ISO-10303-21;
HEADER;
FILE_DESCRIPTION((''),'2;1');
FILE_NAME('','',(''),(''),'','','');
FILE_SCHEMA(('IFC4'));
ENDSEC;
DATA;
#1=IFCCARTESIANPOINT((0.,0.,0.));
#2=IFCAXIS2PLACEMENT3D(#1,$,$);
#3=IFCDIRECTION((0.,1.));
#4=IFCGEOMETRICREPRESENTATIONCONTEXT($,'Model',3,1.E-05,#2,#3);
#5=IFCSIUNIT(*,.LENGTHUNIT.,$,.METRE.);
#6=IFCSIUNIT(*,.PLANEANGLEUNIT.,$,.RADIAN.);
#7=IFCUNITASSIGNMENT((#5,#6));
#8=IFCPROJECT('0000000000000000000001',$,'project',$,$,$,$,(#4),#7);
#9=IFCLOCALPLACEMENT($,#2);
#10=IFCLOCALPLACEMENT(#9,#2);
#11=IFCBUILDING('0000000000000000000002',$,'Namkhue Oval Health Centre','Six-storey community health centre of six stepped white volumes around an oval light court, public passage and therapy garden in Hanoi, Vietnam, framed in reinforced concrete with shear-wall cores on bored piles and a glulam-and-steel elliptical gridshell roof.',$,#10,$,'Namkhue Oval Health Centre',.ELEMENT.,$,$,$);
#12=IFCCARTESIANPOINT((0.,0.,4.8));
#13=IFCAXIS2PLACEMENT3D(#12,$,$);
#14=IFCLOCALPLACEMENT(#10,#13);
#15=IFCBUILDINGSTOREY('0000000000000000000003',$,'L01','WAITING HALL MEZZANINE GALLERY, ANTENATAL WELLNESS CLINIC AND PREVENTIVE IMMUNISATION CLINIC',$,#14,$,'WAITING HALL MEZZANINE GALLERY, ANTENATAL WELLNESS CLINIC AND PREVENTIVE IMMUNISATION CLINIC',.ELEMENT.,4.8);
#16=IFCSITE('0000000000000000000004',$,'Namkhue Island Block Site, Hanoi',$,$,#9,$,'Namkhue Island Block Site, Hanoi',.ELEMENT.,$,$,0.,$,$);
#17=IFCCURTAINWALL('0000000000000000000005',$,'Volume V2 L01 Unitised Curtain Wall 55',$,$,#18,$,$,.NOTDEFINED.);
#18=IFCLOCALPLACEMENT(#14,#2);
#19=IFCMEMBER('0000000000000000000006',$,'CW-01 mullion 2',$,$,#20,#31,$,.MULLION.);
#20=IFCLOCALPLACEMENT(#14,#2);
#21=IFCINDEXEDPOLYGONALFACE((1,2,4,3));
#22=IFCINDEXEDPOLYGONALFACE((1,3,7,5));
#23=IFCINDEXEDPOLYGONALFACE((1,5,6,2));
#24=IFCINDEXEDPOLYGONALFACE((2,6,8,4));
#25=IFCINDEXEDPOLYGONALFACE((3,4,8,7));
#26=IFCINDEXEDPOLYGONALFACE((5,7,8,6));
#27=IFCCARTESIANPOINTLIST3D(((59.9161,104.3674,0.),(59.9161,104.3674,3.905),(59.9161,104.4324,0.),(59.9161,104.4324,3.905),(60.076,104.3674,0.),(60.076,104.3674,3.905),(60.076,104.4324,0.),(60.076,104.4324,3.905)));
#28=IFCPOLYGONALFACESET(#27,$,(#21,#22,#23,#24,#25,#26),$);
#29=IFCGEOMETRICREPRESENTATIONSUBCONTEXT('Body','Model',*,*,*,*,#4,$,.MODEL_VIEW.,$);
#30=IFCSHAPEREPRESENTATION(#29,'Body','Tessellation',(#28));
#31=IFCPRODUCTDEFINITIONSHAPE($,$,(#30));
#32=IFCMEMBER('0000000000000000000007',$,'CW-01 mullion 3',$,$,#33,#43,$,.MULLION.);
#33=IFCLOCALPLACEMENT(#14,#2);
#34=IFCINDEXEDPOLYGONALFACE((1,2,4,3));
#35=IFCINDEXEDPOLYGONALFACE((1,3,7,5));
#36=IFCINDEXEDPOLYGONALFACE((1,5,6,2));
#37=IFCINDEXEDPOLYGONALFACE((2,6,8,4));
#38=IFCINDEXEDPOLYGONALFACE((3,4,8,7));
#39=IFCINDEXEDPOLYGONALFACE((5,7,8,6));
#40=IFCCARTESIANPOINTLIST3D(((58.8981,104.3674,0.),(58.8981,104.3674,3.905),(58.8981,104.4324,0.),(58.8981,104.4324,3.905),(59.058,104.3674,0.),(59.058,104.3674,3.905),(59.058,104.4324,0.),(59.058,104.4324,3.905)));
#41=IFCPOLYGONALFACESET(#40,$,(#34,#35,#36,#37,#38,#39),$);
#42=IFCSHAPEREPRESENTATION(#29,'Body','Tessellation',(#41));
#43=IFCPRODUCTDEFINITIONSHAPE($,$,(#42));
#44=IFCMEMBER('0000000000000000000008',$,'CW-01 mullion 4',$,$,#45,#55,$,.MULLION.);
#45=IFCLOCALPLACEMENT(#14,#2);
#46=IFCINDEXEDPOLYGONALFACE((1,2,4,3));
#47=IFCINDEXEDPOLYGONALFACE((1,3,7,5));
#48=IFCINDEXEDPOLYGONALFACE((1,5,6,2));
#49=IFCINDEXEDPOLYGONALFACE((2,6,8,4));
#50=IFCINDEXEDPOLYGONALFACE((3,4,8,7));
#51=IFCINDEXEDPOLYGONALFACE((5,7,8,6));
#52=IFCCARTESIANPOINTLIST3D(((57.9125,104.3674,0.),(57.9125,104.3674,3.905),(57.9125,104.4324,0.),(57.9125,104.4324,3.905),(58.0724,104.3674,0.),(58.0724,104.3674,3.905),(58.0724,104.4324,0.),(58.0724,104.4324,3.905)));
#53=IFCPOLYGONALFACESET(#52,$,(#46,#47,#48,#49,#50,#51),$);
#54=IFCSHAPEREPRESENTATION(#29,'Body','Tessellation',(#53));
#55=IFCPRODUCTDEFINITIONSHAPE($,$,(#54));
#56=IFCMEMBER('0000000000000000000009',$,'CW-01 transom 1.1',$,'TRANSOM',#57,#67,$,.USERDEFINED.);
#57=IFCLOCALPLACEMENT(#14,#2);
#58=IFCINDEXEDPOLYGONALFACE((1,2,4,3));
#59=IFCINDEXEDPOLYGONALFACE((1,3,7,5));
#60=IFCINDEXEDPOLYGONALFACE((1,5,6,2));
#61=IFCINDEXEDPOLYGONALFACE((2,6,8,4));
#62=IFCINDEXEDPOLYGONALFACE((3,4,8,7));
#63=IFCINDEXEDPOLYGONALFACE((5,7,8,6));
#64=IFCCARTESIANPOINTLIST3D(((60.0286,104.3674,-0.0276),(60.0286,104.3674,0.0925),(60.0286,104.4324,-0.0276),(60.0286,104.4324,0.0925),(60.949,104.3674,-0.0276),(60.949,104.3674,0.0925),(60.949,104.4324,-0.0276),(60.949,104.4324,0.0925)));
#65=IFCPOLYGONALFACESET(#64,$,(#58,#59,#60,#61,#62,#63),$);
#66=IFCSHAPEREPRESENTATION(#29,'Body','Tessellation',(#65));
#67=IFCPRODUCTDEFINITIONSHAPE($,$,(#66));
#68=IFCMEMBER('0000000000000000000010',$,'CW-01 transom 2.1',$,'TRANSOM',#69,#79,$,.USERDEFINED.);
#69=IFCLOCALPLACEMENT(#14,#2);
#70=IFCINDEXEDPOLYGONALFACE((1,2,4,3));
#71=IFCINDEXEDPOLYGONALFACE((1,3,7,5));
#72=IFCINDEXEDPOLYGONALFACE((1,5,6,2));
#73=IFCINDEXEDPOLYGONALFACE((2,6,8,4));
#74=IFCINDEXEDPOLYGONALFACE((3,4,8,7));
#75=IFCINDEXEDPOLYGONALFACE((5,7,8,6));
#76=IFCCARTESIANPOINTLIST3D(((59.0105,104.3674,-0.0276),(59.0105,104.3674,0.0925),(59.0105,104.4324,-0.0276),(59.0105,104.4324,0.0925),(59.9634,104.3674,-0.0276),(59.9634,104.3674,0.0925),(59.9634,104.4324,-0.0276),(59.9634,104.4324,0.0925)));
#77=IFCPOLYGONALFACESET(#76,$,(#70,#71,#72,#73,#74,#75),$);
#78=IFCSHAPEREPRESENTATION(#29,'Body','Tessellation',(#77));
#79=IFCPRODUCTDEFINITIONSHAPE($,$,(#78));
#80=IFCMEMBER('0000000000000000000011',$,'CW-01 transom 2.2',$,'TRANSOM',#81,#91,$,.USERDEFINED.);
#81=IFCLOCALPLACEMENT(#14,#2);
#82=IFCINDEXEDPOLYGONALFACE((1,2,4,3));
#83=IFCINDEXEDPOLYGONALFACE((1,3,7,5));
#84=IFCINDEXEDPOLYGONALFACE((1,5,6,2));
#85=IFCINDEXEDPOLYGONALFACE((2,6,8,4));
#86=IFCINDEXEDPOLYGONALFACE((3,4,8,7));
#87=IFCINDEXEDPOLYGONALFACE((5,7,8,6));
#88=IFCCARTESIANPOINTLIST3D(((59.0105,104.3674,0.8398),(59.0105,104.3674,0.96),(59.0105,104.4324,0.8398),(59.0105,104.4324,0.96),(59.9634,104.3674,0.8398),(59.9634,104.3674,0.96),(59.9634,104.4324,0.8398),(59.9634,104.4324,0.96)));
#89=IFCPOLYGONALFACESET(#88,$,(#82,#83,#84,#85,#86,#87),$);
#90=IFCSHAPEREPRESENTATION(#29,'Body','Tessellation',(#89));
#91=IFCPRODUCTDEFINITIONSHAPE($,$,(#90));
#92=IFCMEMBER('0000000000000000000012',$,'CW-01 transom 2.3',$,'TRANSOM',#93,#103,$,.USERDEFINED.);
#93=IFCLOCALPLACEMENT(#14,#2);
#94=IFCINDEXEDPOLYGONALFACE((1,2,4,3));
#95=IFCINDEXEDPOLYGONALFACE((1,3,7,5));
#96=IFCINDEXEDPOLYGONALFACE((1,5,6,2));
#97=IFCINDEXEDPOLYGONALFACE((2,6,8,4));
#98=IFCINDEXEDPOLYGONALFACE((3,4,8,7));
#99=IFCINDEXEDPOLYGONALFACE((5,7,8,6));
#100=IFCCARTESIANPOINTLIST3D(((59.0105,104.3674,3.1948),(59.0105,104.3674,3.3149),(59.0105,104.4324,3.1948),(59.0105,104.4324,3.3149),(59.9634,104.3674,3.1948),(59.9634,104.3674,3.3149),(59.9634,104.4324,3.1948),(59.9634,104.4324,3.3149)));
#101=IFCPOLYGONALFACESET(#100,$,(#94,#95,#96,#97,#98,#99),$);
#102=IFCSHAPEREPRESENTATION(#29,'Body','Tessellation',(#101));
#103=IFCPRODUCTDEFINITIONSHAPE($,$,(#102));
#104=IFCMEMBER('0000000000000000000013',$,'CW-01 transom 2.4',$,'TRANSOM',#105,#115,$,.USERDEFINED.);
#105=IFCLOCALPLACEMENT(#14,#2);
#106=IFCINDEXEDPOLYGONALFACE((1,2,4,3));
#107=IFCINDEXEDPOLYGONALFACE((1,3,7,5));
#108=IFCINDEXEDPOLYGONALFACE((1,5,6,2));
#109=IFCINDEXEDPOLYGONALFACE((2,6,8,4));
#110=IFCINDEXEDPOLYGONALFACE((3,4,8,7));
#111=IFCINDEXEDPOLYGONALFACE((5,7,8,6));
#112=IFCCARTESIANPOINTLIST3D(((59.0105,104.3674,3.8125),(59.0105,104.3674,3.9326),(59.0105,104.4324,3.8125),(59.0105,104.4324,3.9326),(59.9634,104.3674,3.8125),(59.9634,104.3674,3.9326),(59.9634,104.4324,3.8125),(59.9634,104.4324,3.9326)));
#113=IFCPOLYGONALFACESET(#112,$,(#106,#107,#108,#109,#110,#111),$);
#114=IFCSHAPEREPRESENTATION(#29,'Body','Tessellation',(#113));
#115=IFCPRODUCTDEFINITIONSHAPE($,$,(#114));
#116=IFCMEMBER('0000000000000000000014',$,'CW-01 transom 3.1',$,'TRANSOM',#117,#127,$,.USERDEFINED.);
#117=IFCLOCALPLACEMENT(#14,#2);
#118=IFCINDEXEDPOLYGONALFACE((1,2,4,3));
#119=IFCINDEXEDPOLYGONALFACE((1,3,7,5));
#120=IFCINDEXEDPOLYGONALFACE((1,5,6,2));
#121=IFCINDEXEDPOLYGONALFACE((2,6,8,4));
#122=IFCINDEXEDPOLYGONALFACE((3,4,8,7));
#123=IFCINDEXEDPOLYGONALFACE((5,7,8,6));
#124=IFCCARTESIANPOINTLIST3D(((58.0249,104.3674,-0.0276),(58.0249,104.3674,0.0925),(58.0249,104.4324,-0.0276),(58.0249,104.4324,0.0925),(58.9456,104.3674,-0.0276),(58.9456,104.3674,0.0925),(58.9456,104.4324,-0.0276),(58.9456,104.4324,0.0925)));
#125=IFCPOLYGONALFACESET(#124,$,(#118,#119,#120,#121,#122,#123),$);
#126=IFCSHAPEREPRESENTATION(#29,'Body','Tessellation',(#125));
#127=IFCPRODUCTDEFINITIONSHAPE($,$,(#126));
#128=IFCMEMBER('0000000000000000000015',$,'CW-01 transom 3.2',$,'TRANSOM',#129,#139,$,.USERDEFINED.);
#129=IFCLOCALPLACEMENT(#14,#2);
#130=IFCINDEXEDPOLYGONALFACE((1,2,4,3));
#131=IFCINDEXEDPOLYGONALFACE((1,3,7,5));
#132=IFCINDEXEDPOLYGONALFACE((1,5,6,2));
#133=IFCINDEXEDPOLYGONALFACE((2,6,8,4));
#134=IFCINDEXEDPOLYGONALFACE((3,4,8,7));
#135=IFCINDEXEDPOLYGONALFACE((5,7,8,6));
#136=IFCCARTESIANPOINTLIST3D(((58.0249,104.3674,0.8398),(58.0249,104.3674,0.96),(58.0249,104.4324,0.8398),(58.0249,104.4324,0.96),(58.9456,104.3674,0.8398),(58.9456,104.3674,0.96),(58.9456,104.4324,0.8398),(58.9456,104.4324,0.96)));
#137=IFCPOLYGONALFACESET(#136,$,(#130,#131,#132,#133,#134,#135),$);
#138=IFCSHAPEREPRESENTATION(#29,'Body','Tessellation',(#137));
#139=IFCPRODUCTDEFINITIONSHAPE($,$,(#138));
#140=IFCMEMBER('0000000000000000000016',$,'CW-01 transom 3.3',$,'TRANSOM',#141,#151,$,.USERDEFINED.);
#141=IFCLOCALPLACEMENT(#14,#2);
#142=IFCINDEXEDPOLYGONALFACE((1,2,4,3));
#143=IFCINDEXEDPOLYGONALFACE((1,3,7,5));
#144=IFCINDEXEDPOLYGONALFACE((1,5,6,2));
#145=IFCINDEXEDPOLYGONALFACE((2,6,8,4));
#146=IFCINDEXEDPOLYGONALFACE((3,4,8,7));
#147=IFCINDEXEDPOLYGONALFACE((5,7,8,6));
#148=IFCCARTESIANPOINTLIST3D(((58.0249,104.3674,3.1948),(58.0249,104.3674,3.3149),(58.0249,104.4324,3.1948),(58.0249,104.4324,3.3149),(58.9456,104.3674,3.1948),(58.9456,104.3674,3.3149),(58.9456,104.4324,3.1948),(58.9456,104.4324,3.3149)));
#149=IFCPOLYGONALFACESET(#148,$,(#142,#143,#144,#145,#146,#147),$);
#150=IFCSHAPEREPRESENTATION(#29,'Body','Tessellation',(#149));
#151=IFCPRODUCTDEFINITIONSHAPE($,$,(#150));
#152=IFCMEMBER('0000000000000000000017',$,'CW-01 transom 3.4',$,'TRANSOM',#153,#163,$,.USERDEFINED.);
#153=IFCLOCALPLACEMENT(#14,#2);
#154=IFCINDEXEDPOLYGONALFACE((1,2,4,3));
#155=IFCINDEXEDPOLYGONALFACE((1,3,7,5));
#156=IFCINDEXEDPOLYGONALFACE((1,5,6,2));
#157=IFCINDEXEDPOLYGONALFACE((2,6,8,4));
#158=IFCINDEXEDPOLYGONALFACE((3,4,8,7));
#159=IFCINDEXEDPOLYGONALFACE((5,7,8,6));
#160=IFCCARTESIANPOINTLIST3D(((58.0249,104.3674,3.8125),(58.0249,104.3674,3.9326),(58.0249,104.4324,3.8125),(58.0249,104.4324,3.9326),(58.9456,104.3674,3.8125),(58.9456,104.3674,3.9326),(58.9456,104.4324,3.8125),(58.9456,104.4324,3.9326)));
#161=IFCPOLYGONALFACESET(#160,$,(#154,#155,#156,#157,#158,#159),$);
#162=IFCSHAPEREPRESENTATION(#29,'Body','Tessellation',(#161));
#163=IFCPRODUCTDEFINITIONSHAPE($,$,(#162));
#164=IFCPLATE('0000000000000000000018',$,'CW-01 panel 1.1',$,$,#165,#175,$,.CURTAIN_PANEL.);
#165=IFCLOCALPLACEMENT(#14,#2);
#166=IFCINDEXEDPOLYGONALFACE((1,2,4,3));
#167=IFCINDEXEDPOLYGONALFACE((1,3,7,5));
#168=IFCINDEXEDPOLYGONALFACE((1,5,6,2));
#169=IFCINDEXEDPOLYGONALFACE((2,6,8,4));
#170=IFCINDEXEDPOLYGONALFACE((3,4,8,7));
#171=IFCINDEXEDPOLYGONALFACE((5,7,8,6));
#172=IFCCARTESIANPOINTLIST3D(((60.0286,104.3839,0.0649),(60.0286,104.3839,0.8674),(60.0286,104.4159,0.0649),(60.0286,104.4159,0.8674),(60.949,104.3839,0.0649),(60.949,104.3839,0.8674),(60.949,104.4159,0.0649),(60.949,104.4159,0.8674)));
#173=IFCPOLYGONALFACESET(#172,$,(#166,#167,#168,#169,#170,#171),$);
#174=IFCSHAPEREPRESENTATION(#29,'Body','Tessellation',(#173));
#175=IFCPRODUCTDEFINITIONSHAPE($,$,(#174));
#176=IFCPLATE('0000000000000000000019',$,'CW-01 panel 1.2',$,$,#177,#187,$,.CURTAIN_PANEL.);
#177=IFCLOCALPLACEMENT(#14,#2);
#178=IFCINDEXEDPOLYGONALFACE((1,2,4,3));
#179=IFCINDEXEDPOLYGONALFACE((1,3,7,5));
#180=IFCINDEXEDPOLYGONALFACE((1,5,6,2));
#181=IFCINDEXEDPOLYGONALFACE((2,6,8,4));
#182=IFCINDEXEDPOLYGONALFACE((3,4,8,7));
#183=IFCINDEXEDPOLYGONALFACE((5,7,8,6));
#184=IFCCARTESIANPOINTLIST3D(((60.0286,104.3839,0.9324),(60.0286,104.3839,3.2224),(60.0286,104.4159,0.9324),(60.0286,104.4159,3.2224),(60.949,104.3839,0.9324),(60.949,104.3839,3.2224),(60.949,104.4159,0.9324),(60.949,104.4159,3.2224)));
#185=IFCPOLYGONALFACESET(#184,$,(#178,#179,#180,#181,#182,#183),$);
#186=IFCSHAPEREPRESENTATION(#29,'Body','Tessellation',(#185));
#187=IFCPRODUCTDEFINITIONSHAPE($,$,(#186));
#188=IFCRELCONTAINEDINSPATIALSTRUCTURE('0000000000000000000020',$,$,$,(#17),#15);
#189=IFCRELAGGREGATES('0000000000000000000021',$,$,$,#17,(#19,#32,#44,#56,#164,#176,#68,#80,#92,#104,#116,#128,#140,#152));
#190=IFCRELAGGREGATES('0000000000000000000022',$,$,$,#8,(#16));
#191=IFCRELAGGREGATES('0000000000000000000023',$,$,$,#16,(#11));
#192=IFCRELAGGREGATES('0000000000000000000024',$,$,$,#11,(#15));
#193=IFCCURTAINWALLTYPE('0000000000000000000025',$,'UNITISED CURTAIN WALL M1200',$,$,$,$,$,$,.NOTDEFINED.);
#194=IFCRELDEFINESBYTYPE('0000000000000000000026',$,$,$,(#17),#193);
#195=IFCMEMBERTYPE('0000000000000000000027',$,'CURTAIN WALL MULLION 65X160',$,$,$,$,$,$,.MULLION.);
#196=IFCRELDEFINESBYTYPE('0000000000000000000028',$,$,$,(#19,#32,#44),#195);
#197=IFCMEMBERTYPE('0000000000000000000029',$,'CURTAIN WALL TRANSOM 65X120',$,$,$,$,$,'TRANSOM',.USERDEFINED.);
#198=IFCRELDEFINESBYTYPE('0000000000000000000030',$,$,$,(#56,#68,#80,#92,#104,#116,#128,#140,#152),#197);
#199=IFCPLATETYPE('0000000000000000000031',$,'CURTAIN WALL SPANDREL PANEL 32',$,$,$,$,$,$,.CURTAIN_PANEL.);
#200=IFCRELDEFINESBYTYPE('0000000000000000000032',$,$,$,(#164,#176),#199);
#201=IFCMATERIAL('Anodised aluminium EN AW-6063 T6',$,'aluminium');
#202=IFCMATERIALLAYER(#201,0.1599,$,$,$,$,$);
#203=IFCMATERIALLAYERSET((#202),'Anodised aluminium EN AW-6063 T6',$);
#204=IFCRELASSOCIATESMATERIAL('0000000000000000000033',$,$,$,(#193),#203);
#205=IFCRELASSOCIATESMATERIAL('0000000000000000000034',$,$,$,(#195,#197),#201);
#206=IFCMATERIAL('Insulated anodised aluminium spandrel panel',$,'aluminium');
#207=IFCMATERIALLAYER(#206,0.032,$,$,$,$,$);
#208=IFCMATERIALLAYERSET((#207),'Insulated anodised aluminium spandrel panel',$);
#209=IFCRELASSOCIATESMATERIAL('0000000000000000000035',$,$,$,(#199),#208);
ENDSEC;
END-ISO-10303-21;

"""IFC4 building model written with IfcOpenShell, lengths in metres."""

from ifc_helpers import new_model, si_unit, direction, frame, origin, origin_2d, place, context, subcontext, project, spatial, rectangle, extrude, material, layer, layer_set, material_profile, profile_set, type_object, element, aggregate, save


model = new_model("IFC4")

# Units and contexts
model_context = context("Model", 3, precision=1e-05, world=origin(), true_north=direction((0.0, 1.0)))
body_context = subcontext(model_context, "Body", "Model", "MODEL_VIEW")
ifc_project = project(units=[si_unit("LENGTHUNIT", "METRE"), si_unit("PLANEANGLEUNIT", "RADIAN")], contexts=[model_context])

# Site, building, storey
site_placement = place(None, origin())
site = spatial("IfcSite", under=ifc_project, at=site_placement, Name="Namkhue Island Block Site, Hanoi", LongName="Namkhue Island Block Site, Hanoi", CompositionType="ELEMENT", RefElevation=0.0)
building_placement = place(site_placement, origin())
building = spatial("IfcBuilding", under=site, at=building_placement, Name="Namkhue Oval Health Centre", Description="Six-storey community health centre of six stepped white volumes around an oval light court, public passage and therapy garden in Hanoi, Vietnam, framed in reinforced concrete with shear-wall cores on bored piles and a glulam-and-steel elliptical gridshell roof.", LongName="Namkhue Oval Health Centre", CompositionType="ELEMENT")
storey_placement = place(building_placement, frame((0.0, 0.0, 4.8)))
storey = spatial("IfcBuildingStorey", under=building, at=storey_placement, Name="L01", Description="WAITING HALL MEZZANINE GALLERY, ANTENATAL WELLNESS CLINIC AND PREVENTIVE IMMUNISATION CLINIC", LongName="WAITING HALL MEZZANINE GALLERY, ANTENATAL WELLNESS CLINIC AND PREVENTIVE IMMUNISATION CLINIC", CompositionType="ELEMENT", Elevation=4.8)

# Curtain wall, members, plates
ifc_material_1 = material(Name="Anodised aluminium EN AW-6063 T6", Category="aluminium")
ifc_layer_1 = layer(ifc_material_1, 0.1599)
ifc_layer_set_1 = layer_set([ifc_layer_1], Name="Anodised aluminium EN AW-6063 T6")
curtain_wall_type = type_object("IfcCurtainWallType", Name="UNITISED CURTAIN WALL M1200", PredefinedType="NOTDEFINED", material=ifc_layer_set_1)
curtain_wall_placement = place(storey_placement, origin())
curtain_wall = element("IfcCurtainWall", 1, at=curtain_wall_placement, inside=storey, type_object=curtain_wall_type, Name="Volume V2 L01 Unitised Curtain Wall 55", PredefinedType="NOTDEFINED")
ifc_material_profile_1 = material_profile(ifc_material_1, rectangle(XDim=0.0649, YDim=0.1599, at=origin_2d()), Name="ALU 65x160")
ifc_profile_set_1 = profile_set([ifc_material_profile_1], Name="Anodised aluminium EN AW-6063 T6")
member_type_1 = type_object("IfcMemberType", Name="CURTAIN WALL MULLION 65X160", PredefinedType="MULLION", material=ifc_profile_set_1)
member_1_placement = place(storey_placement, frame((59.9961, 104.3999, 0.0), z_axis=(0.0, 0.0, 1.0), x_axis=(0.0, -1.0, 0.0)))
member_1 = element("IfcMember", 2, at=member_1_placement, type_object=member_type_1, Name="CW-01 mullion 2", PredefinedType="MULLION", context=body_context, shape_type="SweptSolid", body=[
    extrude(rectangle(XDim=0.0649, YDim=0.1599, at=origin_2d()), origin(), (0.0, 0.0, 1.0), 3.905),
])
member_2_placement = place(storey_placement, frame((58.978, 104.3999, 0.0), z_axis=(0.0, 0.0, 1.0), x_axis=(0.0, -1.0, 0.0)))
member_2 = element("IfcMember", 3, at=member_2_placement, type_object=member_type_1, Name="CW-01 mullion 3", PredefinedType="MULLION", context=body_context, shape_type="SweptSolid", body=[
    extrude(rectangle(XDim=0.0649, YDim=0.1599, at=origin_2d()), origin(), (0.0, 0.0, 1.0), 3.905),
])
member_3_placement = place(storey_placement, frame((57.9924, 104.3999, 0.0), z_axis=(0.0, 0.0, 1.0), x_axis=(0.0, -1.0, 0.0)))
member_3 = element("IfcMember", 4, at=member_3_placement, type_object=member_type_1, Name="CW-01 mullion 4", PredefinedType="MULLION", context=body_context, shape_type="SweptSolid", body=[
    extrude(rectangle(XDim=0.0649, YDim=0.1599, at=origin_2d()), origin(), (0.0, 0.0, 1.0), 3.905),
])
ifc_material_profile_2 = material_profile(ifc_material_1, rectangle(XDim=0.0649, YDim=0.1201, at=origin_2d()), Name="ALU 65x120")
ifc_profile_set_2 = profile_set([ifc_material_profile_2], Name="Anodised aluminium EN AW-6063 T6")
member_type_2 = type_object("IfcMemberType", Name="CURTAIN WALL TRANSOM 65X120", ElementType="TRANSOM", PredefinedType="USERDEFINED", material=ifc_profile_set_2)
member_4_placement = place(storey_placement, frame((60.949, 104.3999, 0.0325), z_axis=(-1.0, 0.0, 0.0), x_axis=(0.0, -1.0, 0.0)))
member_4 = element("IfcMember", 5, at=member_4_placement, type_object=member_type_2, Name="CW-01 transom 1.1", ObjectType="TRANSOM", PredefinedType="USERDEFINED", context=body_context, shape_type="SweptSolid", body=[
    extrude(rectangle(XDim=0.0649, YDim=0.1201, at=origin_2d()), origin(), (0.0, 0.0, 1.0), 0.9204),
])
member_5_placement = place(storey_placement, frame((59.9634, 104.3999, 0.0325), z_axis=(-1.0, 0.0, 0.0), x_axis=(0.0, -1.0, 0.0)))
member_5 = element("IfcMember", 6, at=member_5_placement, type_object=member_type_2, Name="CW-01 transom 2.1", ObjectType="TRANSOM", PredefinedType="USERDEFINED", context=body_context, shape_type="SweptSolid", body=[
    extrude(rectangle(XDim=0.0649, YDim=0.1201, at=origin_2d()), origin(), (0.0, 0.0, 1.0), 0.9529),
])
member_6_placement = place(storey_placement, frame((59.9634, 104.3999, 0.8999), z_axis=(-1.0, 0.0, 0.0), x_axis=(0.0, -1.0, 0.0)))
member_6 = element("IfcMember", 7, at=member_6_placement, type_object=member_type_2, Name="CW-01 transom 2.2", ObjectType="TRANSOM", PredefinedType="USERDEFINED", context=body_context, shape_type="SweptSolid", body=[
    extrude(rectangle(XDim=0.0649, YDim=0.1201, at=origin_2d()), origin(), (0.0, 0.0, 1.0), 0.9529),
])
member_7_placement = place(storey_placement, frame((59.9634, 104.3999, 3.2549), z_axis=(-1.0, 0.0, 0.0), x_axis=(0.0, -1.0, 0.0)))
member_7 = element("IfcMember", 8, at=member_7_placement, type_object=member_type_2, Name="CW-01 transom 2.3", ObjectType="TRANSOM", PredefinedType="USERDEFINED", context=body_context, shape_type="SweptSolid", body=[
    extrude(rectangle(XDim=0.0649, YDim=0.1201, at=origin_2d()), origin(), (0.0, 0.0, 1.0), 0.9529),
])
member_8_placement = place(storey_placement, frame((59.9634, 104.3999, 3.8726), z_axis=(-1.0, 0.0, 0.0), x_axis=(0.0, -1.0, 0.0)))
member_8 = element("IfcMember", 9, at=member_8_placement, type_object=member_type_2, Name="CW-01 transom 2.4", ObjectType="TRANSOM", PredefinedType="USERDEFINED", context=body_context, shape_type="SweptSolid", body=[
    extrude(rectangle(XDim=0.0649, YDim=0.1201, at=origin_2d()), origin(), (0.0, 0.0, 1.0), 0.9529),
])
member_9_placement = place(storey_placement, frame((58.9456, 104.3999, 0.0325), z_axis=(-1.0, 0.0, 0.0), x_axis=(0.0, -1.0, 0.0)))
member_9 = element("IfcMember", 10, at=member_9_placement, type_object=member_type_2, Name="CW-01 transom 3.1", ObjectType="TRANSOM", PredefinedType="USERDEFINED", context=body_context, shape_type="SweptSolid", body=[
    extrude(rectangle(XDim=0.0649, YDim=0.1201, at=origin_2d()), origin(), (0.0, 0.0, 1.0), 0.9207),
])
member_10_placement = place(storey_placement, frame((58.9456, 104.3999, 0.8999), z_axis=(-1.0, 0.0, 0.0), x_axis=(0.0, -1.0, 0.0)))
member_10 = element("IfcMember", 11, at=member_10_placement, type_object=member_type_2, Name="CW-01 transom 3.2", ObjectType="TRANSOM", PredefinedType="USERDEFINED", context=body_context, shape_type="SweptSolid", body=[
    extrude(rectangle(XDim=0.0649, YDim=0.1201, at=origin_2d()), origin(), (0.0, 0.0, 1.0), 0.9207),
])
member_11_placement = place(storey_placement, frame((58.9456, 104.3999, 3.2549), z_axis=(-1.0, 0.0, 0.0), x_axis=(0.0, -1.0, 0.0)))
member_11 = element("IfcMember", 12, at=member_11_placement, type_object=member_type_2, Name="CW-01 transom 3.3", ObjectType="TRANSOM", PredefinedType="USERDEFINED", context=body_context, shape_type="SweptSolid", body=[
    extrude(rectangle(XDim=0.0649, YDim=0.1201, at=origin_2d()), origin(), (0.0, 0.0, 1.0), 0.9207),
])
member_12_placement = place(storey_placement, frame((58.9456, 104.3999, 3.8726), z_axis=(-1.0, 0.0, 0.0), x_axis=(0.0, -1.0, 0.0)))
member_12 = element("IfcMember", 13, at=member_12_placement, type_object=member_type_2, Name="CW-01 transom 3.4", ObjectType="TRANSOM", PredefinedType="USERDEFINED", context=body_context, shape_type="SweptSolid", body=[
    extrude(rectangle(XDim=0.0649, YDim=0.1201, at=origin_2d()), origin(), (0.0, 0.0, 1.0), 0.9207),
])
ifc_material_2 = material(Name="Insulated anodised aluminium spandrel panel", Category="aluminium")
ifc_layer_2 = layer(ifc_material_2, 0.032)
ifc_layer_set_2 = layer_set([ifc_layer_2], Name="Insulated anodised aluminium spandrel panel")
plate_type = type_object("IfcPlateType", Name="CURTAIN WALL SPANDREL PANEL 32", PredefinedType="CURTAIN_PANEL", material=ifc_layer_set_2)
plate_1_placement = place(storey_placement, frame((60.4888, 104.3999, 0.0649), z_axis=(0.0, 0.0, 1.0), x_axis=(-1.0, 0.0, 0.0)))
plate_1 = element("IfcPlate", 14, at=plate_1_placement, type_object=plate_type, Name="CW-01 panel 1.1", PredefinedType="CURTAIN_PANEL", context=body_context, shape_type="SweptSolid", body=[
    extrude(rectangle(XDim=0.9204, YDim=0.032, at=origin_2d()), origin(), (0.0, 0.0, 1.0), 0.8025),
])
plate_2_placement = place(storey_placement, frame((60.4888, 104.3999, 0.9324), z_axis=(0.0, 0.0, 1.0), x_axis=(-1.0, 0.0, 0.0)))
plate_2 = element("IfcPlate", 15, at=plate_2_placement, type_object=plate_type, Name="CW-01 panel 1.2", PredefinedType="CURTAIN_PANEL", context=body_context, shape_type="SweptSolid", body=[
    extrude(rectangle(XDim=0.9204, YDim=0.032, at=origin_2d()), origin(), (0.0, 0.0, 1.0), 2.29),
])
aggregate(curtain_wall, [member_1, member_2, member_3, member_4, plate_1, plate_2, member_5, member_6, member_7, member_8, member_9, member_10, member_11, member_12])

save(model, "model.ifc")
